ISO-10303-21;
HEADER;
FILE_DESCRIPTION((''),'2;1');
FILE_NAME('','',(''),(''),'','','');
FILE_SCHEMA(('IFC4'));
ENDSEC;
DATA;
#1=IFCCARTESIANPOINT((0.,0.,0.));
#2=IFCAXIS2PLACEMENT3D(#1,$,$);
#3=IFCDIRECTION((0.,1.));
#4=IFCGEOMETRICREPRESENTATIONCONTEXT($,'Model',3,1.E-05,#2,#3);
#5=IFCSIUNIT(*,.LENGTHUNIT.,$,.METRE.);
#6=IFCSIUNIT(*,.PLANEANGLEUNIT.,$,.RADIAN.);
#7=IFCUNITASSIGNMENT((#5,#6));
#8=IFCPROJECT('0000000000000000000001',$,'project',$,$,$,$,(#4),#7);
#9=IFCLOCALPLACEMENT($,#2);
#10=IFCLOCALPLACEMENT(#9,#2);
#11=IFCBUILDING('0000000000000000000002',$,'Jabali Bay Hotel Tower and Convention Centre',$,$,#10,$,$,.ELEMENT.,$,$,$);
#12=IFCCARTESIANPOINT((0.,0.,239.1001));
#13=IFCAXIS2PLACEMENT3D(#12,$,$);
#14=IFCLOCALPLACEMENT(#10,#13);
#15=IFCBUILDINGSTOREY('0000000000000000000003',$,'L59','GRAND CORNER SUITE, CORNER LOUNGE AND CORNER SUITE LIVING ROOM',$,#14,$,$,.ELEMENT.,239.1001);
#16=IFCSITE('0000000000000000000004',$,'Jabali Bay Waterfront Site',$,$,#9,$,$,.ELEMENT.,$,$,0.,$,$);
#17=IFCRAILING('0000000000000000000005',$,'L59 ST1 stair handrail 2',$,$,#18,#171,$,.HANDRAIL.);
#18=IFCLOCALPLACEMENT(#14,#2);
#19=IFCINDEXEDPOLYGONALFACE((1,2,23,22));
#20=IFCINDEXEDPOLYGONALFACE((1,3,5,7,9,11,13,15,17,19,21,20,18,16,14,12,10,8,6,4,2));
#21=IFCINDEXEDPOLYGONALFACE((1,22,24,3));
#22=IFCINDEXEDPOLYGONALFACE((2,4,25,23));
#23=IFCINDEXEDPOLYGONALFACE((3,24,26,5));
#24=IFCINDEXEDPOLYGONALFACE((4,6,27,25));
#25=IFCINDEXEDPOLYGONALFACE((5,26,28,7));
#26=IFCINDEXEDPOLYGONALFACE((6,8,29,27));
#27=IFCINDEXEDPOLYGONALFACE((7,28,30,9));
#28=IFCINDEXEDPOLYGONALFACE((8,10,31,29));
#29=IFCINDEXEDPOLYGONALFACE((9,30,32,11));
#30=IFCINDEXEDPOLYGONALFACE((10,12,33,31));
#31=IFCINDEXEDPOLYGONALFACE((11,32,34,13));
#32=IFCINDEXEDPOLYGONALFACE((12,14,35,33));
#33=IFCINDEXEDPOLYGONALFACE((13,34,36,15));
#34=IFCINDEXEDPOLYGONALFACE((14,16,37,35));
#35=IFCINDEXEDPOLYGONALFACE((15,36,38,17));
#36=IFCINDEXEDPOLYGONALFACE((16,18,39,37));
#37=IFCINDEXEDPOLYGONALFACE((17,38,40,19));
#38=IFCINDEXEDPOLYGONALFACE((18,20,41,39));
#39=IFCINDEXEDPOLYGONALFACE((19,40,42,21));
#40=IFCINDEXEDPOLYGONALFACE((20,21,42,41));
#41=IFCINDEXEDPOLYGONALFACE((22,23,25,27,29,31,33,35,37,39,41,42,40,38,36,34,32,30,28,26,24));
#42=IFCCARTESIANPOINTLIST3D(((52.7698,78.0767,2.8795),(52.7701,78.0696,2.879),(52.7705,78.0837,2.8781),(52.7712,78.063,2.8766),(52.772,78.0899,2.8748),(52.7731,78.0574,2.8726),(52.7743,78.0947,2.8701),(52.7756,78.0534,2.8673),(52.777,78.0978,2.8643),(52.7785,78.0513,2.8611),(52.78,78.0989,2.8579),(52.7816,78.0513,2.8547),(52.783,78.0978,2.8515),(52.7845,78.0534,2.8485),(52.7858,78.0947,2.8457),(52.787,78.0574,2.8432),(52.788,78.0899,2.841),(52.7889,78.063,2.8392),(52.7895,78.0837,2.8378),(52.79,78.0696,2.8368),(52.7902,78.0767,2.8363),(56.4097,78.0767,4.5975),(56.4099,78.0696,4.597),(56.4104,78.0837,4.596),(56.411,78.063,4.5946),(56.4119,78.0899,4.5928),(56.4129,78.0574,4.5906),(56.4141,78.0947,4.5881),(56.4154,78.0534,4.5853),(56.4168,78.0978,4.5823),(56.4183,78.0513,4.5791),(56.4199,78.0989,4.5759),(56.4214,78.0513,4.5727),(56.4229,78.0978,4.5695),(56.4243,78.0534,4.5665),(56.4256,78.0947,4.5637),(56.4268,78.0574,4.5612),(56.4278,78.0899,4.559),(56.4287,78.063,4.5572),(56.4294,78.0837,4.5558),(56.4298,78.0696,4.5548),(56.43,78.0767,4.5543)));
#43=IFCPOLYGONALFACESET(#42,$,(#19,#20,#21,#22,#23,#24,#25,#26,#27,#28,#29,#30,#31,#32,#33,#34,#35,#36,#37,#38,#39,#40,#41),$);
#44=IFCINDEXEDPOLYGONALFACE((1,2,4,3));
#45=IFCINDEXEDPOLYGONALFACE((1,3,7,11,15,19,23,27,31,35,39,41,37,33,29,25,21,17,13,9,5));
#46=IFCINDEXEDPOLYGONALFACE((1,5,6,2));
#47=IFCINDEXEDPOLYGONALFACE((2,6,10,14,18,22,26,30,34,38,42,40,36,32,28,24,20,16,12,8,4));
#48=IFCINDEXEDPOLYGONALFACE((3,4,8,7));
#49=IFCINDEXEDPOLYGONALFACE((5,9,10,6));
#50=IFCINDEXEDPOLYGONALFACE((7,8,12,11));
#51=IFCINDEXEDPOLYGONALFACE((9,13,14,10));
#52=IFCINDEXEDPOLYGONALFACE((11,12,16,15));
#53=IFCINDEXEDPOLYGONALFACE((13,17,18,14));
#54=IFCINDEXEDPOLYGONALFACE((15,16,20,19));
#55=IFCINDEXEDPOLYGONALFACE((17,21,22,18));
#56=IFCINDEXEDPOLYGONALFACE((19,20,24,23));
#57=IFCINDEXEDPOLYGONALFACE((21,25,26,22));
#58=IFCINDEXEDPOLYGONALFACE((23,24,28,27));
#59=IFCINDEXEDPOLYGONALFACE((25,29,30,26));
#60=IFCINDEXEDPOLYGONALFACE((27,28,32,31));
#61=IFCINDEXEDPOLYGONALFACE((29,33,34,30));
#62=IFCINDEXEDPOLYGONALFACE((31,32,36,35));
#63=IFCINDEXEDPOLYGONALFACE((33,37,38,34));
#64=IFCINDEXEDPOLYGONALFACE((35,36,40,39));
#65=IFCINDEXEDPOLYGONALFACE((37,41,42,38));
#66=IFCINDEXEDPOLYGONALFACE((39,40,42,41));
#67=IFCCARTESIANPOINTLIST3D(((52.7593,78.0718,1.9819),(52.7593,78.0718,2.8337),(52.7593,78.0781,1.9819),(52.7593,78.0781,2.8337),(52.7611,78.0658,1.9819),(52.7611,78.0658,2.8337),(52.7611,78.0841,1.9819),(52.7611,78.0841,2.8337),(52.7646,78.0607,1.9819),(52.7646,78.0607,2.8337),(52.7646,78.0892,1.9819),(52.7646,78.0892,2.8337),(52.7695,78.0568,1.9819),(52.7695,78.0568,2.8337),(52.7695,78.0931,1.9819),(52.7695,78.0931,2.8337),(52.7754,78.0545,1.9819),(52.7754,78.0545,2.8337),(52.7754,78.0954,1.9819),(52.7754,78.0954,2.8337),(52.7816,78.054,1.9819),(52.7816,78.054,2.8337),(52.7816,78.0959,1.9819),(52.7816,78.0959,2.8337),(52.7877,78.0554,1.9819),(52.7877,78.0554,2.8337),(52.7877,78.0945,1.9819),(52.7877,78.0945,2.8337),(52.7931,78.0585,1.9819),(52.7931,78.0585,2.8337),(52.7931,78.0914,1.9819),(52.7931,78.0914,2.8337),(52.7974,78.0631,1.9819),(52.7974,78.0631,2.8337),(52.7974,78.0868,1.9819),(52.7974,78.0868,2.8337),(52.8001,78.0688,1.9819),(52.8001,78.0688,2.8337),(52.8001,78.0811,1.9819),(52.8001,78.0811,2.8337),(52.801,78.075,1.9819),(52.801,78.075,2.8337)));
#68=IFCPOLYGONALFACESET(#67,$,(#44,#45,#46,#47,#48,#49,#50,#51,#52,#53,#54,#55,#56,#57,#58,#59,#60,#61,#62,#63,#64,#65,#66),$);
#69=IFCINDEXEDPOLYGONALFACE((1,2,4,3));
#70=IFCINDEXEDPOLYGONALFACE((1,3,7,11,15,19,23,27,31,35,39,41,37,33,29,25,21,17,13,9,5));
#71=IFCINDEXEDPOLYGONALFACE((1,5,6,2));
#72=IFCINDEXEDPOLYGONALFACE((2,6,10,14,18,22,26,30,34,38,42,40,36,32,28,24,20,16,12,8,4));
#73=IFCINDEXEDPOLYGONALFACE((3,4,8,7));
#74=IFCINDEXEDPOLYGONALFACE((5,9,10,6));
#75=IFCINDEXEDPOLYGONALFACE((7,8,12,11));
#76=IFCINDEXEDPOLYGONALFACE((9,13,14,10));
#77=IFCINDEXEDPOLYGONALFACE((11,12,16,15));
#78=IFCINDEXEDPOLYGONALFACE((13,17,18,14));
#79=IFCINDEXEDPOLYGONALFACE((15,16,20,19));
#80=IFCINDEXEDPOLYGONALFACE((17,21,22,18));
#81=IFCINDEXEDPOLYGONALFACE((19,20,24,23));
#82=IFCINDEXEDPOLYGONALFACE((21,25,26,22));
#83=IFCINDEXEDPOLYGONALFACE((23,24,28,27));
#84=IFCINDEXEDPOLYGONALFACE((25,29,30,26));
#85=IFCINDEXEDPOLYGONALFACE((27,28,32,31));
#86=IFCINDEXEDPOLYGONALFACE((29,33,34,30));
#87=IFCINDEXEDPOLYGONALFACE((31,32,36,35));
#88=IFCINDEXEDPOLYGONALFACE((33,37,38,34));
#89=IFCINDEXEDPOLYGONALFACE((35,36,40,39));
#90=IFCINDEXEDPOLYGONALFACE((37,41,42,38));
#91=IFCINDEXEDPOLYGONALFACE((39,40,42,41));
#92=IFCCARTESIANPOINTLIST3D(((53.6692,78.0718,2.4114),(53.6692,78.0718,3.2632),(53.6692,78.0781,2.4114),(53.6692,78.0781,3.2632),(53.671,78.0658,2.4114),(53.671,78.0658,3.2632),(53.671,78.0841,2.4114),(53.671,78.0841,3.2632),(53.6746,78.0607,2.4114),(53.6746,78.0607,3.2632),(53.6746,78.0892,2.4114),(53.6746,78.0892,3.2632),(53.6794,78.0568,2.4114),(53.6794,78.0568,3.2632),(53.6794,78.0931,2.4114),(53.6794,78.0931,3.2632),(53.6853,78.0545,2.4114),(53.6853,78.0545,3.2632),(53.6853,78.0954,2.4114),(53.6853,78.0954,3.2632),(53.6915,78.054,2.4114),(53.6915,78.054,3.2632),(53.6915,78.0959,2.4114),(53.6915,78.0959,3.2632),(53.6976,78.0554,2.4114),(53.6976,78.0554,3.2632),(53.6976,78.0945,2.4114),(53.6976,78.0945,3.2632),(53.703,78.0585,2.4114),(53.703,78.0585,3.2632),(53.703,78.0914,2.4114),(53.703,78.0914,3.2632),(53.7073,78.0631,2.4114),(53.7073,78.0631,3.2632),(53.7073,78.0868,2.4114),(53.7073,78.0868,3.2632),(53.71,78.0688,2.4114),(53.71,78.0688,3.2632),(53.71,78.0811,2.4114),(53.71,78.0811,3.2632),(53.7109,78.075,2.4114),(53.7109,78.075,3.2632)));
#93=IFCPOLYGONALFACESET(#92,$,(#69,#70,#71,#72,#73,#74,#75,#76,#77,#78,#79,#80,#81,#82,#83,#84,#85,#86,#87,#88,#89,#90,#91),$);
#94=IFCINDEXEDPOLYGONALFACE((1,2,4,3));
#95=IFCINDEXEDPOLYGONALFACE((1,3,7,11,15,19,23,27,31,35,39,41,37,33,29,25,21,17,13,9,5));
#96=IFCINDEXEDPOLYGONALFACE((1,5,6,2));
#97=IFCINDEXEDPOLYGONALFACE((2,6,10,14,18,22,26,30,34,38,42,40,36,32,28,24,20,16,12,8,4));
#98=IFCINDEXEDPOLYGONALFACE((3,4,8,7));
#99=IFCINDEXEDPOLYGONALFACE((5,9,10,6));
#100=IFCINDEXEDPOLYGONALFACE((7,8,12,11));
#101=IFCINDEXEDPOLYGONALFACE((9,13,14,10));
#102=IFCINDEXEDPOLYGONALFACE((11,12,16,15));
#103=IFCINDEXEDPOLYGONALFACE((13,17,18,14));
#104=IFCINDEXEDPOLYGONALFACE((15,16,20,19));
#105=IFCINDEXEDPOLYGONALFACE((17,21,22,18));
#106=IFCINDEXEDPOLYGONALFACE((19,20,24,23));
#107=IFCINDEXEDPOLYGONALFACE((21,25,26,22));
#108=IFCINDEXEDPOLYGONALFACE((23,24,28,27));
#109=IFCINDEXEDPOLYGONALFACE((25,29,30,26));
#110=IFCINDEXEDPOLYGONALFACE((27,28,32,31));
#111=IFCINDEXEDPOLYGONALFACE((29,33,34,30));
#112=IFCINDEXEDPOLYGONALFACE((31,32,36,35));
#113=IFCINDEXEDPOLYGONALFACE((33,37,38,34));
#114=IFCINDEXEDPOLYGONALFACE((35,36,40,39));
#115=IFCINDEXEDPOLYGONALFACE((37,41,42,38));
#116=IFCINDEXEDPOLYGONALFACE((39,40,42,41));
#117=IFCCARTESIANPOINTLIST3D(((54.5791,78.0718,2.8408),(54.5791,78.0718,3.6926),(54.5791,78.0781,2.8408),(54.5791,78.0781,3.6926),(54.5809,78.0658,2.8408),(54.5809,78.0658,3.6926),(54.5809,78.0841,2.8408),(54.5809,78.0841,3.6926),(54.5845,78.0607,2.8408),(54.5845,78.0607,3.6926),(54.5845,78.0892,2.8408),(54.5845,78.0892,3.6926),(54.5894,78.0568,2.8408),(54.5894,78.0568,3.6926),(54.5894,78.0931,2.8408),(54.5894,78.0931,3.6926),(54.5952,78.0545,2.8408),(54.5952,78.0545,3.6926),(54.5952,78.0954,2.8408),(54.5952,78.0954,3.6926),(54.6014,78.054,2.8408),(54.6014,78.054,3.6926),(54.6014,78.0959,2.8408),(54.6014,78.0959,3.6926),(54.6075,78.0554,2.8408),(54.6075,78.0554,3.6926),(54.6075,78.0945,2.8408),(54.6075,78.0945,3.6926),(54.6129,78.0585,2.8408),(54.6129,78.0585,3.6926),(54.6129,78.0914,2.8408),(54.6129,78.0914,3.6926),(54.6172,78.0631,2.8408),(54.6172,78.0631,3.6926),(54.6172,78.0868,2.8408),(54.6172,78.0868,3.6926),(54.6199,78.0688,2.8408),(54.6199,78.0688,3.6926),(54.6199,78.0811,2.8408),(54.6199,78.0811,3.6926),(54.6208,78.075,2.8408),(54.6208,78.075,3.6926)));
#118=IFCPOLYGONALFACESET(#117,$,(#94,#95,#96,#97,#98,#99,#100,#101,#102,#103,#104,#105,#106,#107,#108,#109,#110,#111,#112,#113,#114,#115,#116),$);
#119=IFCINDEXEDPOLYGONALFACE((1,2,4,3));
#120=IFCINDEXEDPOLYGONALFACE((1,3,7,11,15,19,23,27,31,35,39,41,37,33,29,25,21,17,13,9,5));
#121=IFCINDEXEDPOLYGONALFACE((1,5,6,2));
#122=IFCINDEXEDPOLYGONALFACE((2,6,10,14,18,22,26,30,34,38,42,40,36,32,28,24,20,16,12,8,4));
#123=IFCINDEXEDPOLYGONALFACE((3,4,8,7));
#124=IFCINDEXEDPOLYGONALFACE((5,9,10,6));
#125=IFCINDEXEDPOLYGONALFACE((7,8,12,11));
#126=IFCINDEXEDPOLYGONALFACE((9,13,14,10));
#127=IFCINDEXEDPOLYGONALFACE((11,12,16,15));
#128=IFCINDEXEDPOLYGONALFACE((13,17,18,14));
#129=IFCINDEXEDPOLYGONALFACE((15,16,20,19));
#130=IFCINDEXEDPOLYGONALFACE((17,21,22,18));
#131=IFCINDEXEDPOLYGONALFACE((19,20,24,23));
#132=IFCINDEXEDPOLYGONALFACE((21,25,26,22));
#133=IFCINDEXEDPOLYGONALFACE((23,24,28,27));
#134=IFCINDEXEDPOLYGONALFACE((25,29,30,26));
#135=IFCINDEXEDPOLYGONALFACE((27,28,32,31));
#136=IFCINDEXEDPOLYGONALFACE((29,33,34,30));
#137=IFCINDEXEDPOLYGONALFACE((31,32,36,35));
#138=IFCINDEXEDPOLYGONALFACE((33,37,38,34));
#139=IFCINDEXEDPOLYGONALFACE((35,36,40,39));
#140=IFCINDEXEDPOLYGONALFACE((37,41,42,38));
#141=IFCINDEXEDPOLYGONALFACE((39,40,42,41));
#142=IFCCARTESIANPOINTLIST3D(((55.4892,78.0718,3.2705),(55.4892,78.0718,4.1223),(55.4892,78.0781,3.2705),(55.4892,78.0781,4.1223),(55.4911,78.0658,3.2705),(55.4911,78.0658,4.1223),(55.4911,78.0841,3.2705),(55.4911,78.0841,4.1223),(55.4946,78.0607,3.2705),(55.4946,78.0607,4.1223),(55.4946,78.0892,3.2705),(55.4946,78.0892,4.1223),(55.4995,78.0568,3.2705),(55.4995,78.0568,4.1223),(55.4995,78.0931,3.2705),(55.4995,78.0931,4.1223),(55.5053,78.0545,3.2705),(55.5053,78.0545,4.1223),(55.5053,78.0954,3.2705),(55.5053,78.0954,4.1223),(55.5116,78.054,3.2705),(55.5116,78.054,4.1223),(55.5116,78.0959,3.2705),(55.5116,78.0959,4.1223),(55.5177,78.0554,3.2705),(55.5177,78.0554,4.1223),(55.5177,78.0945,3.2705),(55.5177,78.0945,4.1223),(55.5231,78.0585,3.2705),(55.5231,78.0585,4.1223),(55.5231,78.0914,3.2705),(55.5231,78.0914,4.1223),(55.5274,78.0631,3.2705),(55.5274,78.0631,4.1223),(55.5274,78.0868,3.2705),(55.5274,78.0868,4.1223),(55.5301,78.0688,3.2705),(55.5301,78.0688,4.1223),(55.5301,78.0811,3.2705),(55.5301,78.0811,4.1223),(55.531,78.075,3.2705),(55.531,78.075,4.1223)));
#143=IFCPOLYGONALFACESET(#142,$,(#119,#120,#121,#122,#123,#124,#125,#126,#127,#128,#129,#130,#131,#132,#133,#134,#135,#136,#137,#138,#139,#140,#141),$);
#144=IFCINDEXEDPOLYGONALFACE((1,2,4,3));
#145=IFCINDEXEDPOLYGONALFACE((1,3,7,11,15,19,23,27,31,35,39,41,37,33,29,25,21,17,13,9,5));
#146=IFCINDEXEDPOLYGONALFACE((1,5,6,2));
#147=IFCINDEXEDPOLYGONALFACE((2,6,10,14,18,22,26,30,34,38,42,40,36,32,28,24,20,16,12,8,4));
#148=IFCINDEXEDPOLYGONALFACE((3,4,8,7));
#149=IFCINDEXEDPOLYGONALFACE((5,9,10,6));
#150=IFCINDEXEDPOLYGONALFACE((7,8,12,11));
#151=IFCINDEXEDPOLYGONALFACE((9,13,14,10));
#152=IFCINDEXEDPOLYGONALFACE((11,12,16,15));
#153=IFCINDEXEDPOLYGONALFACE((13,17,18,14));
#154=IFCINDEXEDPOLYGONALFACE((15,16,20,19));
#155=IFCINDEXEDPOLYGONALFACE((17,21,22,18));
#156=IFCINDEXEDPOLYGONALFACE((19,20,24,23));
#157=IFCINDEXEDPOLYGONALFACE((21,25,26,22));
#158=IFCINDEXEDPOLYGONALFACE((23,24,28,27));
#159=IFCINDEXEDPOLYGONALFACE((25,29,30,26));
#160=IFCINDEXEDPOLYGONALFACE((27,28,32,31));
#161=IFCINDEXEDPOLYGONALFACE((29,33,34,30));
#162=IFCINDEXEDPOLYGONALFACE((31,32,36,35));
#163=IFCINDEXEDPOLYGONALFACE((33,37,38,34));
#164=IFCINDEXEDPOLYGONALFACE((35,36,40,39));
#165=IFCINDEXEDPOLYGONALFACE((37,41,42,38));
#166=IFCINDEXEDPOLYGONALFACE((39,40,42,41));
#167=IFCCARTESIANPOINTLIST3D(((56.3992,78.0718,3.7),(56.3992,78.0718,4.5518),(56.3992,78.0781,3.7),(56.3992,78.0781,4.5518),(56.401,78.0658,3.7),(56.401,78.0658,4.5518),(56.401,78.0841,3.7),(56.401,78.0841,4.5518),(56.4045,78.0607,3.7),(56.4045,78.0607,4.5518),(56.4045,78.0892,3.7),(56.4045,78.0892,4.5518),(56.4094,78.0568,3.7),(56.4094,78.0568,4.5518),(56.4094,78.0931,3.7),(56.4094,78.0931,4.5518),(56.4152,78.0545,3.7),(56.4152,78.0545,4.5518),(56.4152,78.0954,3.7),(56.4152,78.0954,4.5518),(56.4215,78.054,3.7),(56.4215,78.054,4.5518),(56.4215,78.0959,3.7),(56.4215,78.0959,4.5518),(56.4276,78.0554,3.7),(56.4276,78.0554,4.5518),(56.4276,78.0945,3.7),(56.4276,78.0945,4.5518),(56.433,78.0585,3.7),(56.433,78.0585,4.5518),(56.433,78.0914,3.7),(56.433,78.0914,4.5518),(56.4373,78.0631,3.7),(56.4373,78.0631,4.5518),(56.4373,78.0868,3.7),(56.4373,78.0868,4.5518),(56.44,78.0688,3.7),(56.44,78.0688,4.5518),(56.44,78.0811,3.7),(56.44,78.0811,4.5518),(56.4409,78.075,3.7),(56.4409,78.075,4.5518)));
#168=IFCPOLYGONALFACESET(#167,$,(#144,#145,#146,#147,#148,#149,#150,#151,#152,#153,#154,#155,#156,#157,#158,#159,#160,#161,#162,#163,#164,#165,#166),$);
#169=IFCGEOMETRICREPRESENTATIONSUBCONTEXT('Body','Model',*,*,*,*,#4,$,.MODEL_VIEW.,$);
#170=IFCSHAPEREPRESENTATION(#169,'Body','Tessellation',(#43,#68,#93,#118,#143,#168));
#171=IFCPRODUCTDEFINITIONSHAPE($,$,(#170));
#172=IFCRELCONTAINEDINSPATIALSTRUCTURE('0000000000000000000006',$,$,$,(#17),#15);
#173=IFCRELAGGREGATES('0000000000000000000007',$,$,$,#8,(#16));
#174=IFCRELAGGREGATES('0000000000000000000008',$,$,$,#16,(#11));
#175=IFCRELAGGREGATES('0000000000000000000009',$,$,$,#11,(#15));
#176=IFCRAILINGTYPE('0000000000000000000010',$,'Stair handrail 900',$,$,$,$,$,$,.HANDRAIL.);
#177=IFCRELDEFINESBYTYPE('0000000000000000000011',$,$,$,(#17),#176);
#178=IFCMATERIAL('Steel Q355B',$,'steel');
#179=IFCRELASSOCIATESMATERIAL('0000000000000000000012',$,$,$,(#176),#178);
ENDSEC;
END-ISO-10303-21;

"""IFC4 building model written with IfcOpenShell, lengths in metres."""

from ifc_helpers import new_model, si_unit, direction, frame, origin, origin_2d, place, context, subcontext, project, spatial, circle, extrude, material, type_object, element, save


model = new_model("IFC4")

# Units and contexts
model_context = context("Model", 3, precision=1e-05, world=origin(), true_north=direction((0.0, 1.0)))
body_context = subcontext(model_context, "Body", "Model", "MODEL_VIEW")
ifc_project = project(units=[si_unit("LENGTHUNIT", "METRE"), si_unit("PLANEANGLEUNIT", "RADIAN")], contexts=[model_context])

# Site, building, storey
site_placement = place(None, origin())
site = spatial("IfcSite", under=ifc_project, at=site_placement, Name="Jabali Bay Waterfront Site", CompositionType="ELEMENT", RefElevation=0.0)
building_placement = place(site_placement, origin())
building = spatial("IfcBuilding", under=site, at=building_placement, Name="Jabali Bay Hotel Tower and Convention Centre", CompositionType="ELEMENT")
storey_placement = place(building_placement, frame((0.0, 0.0, 239.1001)))
storey = spatial("IfcBuildingStorey", under=building, at=storey_placement, Name="L59", Description="GRAND CORNER SUITE, CORNER LOUNGE AND CORNER SUITE LIVING ROOM", CompositionType="ELEMENT", Elevation=239.1001)

# Railing
ifc_material_1 = material(Name="Steel Q355B", Category="steel")
railing_type = type_object("IfcRailingType", Name="Stair handrail 900", PredefinedType="HANDRAIL", material=ifc_material_1)
railing_placement = place(storey_placement, frame((52.78, 78.075, 1.9819)))
element("IfcRailing", 1, at=railing_placement, inside=storey, type_object=railing_type, Name="L59 ST1 stair handrail 2", PredefinedType="HANDRAIL", context=body_context, shape_type="SweptSolid", body=[
    extrude(circle(Radius=0.0239, at=origin_2d()), frame((0.0, 0.0, 0.876), z_axis=(0.904327, 0.0, 0.42684), x_axis=(0.0, 1.0, 0.0)), (0.0, 0.0, 1.0), 4.0249),
    extrude(circle(Radius=0.021, at=origin_2d()), origin(), (0.0, 0.0, 1.0), 0.8518),
    extrude(circle(Radius=0.021, at=origin_2d()), frame((0.9099, 0.0, 0.4294)), (0.0, 0.0, 1.0), 0.8518),
    extrude(circle(Radius=0.021, at=origin_2d()), frame((1.8198, 0.0, 0.8589)), (0.0, 0.0, 1.0), 0.8518),
    extrude(circle(Radius=0.021, at=origin_2d()), frame((2.73, 0.0, 1.2886)), (0.0, 0.0, 1.0), 0.8518),
    extrude(circle(Radius=0.021, at=origin_2d()), frame((3.6399, 0.0, 1.718)), (0.0, 0.0, 1.0), 0.8518),
])

save(model, "model.ifc")
